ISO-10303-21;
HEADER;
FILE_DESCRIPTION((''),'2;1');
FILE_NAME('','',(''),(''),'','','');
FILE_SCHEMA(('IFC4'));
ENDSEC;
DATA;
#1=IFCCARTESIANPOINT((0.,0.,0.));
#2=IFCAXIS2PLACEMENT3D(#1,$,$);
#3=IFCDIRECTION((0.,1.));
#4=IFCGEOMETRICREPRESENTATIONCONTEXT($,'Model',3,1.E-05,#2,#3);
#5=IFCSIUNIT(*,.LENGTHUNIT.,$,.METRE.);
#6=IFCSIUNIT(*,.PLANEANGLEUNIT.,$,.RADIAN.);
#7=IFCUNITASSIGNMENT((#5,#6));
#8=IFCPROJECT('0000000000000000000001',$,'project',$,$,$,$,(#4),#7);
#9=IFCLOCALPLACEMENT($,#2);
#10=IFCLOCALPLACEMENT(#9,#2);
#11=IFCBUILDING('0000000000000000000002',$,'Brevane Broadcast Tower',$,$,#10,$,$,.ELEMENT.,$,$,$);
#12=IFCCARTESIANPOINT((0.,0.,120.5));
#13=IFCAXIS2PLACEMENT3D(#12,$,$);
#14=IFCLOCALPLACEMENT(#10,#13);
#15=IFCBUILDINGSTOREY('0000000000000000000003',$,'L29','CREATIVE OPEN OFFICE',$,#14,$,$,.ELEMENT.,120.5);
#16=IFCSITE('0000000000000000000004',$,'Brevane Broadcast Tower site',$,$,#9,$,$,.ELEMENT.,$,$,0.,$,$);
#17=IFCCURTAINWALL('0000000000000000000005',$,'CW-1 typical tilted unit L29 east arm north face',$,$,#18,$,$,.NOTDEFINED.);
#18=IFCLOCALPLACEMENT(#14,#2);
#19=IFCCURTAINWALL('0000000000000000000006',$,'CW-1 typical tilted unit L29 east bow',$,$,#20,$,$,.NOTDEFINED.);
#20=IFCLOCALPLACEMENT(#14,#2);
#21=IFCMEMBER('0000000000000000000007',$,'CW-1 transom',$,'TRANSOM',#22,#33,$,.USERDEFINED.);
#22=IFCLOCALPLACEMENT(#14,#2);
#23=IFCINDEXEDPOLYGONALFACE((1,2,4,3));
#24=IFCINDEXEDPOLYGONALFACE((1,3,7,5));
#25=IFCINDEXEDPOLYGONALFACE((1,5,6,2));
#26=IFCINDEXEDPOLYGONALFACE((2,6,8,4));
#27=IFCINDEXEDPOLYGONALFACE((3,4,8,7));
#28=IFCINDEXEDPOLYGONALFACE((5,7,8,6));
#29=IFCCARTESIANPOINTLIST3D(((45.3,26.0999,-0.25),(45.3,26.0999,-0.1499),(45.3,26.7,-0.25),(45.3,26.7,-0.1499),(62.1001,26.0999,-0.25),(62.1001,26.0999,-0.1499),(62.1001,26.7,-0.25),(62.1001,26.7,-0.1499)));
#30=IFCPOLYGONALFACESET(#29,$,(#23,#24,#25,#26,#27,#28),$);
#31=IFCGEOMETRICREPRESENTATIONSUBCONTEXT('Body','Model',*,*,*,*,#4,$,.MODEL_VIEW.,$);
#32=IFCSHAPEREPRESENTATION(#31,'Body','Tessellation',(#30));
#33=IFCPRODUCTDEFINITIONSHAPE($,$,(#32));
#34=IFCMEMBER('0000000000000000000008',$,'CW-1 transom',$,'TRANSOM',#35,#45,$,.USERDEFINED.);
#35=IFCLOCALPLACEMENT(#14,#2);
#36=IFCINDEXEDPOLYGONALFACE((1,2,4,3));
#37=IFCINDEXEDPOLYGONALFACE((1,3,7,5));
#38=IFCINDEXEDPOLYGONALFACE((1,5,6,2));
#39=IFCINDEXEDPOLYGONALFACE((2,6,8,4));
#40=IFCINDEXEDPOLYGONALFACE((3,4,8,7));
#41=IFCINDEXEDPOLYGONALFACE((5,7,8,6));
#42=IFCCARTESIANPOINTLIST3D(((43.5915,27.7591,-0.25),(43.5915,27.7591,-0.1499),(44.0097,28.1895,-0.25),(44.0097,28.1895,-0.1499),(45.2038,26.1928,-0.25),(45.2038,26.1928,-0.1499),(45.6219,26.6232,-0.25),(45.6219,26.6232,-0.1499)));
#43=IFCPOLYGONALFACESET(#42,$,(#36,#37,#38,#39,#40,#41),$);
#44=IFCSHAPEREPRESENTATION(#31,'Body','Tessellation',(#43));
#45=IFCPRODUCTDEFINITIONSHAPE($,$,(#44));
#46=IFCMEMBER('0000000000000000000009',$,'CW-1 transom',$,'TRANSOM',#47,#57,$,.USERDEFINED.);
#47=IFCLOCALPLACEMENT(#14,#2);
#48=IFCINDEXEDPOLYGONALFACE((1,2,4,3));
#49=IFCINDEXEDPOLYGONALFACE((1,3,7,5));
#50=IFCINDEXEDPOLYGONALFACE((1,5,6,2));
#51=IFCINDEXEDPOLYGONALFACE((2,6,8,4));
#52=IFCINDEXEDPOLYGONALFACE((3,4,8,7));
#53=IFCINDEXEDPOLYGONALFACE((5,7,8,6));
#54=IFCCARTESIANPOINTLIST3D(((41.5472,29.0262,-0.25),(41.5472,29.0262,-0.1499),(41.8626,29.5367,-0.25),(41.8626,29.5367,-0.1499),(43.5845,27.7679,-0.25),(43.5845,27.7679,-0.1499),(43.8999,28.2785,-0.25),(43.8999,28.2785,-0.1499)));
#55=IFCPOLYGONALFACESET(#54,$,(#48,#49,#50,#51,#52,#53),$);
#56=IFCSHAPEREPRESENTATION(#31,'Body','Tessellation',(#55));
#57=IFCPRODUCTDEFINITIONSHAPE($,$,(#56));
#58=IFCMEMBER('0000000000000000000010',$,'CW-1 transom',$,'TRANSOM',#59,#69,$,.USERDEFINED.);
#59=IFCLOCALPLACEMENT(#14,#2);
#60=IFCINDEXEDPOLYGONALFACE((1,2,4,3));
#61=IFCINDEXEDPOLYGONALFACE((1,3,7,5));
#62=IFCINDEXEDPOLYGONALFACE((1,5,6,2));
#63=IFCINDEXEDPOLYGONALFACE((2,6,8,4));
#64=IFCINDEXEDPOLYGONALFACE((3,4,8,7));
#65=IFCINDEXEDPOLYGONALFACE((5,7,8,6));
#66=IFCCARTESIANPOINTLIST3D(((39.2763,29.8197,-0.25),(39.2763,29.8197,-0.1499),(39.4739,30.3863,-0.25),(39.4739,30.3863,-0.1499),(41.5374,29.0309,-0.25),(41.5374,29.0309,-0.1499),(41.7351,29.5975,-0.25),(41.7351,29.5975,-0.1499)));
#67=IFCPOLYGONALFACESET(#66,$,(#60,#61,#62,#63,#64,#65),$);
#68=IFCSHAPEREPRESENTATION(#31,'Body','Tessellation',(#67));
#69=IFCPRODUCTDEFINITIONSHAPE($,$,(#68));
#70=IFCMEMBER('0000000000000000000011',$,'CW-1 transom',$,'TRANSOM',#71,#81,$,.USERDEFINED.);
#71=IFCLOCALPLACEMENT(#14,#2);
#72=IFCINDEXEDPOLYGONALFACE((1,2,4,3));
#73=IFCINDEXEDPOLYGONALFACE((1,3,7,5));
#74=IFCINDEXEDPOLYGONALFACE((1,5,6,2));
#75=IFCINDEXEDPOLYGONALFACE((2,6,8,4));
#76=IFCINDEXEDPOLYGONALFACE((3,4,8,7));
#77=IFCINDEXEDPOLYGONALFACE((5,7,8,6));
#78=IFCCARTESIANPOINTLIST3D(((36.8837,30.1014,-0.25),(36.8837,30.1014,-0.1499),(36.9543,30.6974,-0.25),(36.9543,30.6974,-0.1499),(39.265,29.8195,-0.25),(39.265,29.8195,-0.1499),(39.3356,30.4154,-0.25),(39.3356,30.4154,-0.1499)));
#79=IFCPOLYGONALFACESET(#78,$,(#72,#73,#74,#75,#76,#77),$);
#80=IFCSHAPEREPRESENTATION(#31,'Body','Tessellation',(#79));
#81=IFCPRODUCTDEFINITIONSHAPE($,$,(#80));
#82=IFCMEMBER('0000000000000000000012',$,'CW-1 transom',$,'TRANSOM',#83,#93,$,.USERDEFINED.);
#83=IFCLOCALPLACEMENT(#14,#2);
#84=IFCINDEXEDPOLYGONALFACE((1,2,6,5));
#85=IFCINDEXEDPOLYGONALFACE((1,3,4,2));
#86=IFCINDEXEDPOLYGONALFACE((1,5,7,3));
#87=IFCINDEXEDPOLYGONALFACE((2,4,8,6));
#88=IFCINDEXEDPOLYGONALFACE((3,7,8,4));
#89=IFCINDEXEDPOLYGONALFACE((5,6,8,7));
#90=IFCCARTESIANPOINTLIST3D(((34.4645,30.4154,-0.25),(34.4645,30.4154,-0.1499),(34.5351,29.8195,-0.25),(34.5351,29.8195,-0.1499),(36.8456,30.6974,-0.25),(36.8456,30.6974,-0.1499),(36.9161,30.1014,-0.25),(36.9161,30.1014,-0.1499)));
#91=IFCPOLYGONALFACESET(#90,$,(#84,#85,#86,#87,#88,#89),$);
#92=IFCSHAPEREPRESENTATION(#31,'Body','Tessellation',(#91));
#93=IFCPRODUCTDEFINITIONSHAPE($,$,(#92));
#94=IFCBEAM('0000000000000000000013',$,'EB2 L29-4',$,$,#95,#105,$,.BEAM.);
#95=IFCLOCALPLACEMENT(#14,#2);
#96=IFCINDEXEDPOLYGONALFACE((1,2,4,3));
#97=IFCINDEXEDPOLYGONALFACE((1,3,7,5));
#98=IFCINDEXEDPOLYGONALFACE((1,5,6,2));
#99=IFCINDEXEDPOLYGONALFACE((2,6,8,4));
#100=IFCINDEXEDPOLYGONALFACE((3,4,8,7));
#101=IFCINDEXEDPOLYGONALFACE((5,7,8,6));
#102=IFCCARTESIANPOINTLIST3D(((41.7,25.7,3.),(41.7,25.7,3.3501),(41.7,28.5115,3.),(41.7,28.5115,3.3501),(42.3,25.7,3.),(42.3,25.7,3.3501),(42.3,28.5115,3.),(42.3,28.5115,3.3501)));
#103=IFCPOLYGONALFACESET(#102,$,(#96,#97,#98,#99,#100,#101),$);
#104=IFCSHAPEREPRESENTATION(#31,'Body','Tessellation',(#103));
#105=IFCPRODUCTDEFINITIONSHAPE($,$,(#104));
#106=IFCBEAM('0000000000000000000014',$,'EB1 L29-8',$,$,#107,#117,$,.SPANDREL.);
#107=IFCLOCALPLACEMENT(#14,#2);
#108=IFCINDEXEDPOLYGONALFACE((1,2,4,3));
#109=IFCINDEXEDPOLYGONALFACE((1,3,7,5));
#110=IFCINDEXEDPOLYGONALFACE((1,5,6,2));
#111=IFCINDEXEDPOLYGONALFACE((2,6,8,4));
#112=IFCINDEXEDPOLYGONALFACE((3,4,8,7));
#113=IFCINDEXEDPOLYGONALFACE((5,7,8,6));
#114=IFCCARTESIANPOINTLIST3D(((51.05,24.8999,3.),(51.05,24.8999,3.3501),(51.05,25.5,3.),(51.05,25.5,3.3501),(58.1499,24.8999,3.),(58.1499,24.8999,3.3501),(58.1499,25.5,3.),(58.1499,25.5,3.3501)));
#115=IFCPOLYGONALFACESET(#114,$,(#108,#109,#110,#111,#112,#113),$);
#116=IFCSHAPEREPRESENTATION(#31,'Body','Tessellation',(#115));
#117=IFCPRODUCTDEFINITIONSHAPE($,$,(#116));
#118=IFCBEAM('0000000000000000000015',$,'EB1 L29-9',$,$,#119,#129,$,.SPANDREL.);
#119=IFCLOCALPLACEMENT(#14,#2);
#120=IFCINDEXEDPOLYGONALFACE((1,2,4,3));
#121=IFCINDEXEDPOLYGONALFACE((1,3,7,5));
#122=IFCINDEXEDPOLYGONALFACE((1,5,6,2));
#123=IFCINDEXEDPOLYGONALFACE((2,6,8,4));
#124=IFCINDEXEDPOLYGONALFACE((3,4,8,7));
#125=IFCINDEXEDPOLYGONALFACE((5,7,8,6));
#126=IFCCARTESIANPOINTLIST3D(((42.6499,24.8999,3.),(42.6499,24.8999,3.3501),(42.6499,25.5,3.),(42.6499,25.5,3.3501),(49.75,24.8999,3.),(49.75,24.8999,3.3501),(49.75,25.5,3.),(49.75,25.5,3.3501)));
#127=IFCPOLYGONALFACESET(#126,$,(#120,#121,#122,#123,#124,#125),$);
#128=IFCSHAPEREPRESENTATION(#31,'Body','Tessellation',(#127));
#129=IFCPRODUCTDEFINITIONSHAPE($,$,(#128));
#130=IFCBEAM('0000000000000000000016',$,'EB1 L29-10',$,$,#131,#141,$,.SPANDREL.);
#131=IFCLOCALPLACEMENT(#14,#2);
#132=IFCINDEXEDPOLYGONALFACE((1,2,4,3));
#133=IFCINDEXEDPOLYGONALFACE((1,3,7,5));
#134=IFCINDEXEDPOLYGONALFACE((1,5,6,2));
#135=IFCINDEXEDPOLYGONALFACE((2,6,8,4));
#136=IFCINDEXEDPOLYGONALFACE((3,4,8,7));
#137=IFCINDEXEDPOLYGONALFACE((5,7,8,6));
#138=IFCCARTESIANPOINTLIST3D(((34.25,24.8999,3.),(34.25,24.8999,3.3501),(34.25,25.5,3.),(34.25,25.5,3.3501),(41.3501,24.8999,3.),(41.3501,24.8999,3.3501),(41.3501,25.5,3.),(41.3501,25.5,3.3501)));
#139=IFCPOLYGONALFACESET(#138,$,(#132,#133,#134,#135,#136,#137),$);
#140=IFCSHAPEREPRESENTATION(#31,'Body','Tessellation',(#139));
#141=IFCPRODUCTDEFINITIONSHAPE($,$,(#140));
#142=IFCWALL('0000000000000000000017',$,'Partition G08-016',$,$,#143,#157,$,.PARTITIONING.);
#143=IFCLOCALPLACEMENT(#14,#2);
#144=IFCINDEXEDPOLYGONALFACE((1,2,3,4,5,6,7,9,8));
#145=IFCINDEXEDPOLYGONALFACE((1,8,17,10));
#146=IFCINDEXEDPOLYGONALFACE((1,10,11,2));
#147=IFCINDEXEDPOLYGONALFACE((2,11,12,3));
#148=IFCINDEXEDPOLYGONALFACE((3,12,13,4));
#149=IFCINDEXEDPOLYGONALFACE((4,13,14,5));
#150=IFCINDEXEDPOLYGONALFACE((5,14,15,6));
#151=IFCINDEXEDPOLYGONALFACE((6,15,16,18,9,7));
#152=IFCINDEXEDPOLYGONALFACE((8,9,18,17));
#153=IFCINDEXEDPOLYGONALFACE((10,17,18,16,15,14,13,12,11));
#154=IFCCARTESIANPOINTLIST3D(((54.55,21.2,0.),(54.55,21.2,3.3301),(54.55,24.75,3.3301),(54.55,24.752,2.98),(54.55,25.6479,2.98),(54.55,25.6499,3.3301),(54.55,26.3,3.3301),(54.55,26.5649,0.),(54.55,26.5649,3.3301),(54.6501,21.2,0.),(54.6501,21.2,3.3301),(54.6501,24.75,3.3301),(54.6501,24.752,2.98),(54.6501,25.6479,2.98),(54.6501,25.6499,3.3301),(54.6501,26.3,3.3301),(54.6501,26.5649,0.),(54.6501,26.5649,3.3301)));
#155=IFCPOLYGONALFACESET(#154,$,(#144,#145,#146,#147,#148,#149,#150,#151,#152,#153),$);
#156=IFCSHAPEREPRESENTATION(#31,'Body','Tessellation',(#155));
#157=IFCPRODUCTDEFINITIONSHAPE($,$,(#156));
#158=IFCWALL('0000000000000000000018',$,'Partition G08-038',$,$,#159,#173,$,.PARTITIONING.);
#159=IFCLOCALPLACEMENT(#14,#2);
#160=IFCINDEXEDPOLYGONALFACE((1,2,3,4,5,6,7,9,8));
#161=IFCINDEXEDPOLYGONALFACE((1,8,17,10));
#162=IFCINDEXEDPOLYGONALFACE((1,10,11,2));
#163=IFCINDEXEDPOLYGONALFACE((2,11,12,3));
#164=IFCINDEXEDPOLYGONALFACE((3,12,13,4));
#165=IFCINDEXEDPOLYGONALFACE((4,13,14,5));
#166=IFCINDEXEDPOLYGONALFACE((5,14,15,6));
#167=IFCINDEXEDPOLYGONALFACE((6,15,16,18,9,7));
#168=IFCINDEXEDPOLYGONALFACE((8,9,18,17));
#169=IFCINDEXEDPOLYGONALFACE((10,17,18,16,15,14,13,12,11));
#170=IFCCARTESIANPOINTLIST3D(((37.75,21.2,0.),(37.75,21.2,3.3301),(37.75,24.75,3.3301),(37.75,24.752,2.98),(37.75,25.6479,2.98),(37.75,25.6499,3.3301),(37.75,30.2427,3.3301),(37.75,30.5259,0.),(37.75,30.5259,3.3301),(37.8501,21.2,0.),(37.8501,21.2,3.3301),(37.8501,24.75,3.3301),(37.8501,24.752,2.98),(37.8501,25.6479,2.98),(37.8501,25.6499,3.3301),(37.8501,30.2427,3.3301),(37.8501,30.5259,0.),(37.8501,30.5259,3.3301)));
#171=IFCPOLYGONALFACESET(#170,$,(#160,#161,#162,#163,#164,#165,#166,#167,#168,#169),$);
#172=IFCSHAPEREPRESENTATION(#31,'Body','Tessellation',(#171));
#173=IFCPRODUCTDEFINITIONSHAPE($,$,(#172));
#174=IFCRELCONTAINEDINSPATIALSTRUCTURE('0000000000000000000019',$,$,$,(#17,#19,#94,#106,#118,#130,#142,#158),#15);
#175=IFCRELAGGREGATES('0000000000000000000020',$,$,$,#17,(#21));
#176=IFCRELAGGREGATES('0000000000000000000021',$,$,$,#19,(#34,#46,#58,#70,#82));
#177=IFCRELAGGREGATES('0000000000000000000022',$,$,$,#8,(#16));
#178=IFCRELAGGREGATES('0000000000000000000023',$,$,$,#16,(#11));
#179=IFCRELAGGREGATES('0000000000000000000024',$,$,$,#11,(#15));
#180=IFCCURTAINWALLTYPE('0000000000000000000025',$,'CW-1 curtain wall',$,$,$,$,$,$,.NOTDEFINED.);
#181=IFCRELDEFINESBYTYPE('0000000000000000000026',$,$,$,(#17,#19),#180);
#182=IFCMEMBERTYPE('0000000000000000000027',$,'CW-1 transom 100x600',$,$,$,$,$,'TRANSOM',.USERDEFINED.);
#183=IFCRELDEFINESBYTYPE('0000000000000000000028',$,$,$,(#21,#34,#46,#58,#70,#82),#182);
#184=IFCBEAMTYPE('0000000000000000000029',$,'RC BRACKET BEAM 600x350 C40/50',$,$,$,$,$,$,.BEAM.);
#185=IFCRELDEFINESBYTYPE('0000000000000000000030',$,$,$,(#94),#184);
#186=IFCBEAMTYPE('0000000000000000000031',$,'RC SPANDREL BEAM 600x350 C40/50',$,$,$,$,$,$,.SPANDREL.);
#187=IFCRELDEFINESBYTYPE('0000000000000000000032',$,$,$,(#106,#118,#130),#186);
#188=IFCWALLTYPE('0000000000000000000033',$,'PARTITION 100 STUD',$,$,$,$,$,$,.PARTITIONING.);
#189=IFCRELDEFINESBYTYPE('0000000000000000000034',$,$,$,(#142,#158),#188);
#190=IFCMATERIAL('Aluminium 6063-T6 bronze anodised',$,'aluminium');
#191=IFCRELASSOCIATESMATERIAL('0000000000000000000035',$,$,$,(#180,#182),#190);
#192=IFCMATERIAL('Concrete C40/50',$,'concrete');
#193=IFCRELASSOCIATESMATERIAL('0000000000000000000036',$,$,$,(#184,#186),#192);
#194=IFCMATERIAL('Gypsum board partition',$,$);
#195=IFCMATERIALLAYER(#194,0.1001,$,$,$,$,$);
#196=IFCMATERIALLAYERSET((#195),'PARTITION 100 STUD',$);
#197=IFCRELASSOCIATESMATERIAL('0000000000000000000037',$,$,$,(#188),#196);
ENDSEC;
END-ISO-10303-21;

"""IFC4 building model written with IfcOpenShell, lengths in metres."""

from ifc_helpers import new_model, si_unit, direction, frame, origin, origin_2d, place, context, subcontext, project, spatial, polyline, rectangle, outline, extrude, material, layer, layer_set, material_profile, profile_set, type_object, element, aggregate, save


model = new_model("IFC4")

# Units and contexts
model_context = context("Model", 3, precision=1e-05, world=origin(), true_north=direction((0.0, 1.0)))
body_context = subcontext(model_context, "Body", "Model", "MODEL_VIEW")
ifc_project = project(units=[si_unit("LENGTHUNIT", "METRE"), si_unit("PLANEANGLEUNIT", "RADIAN")], contexts=[model_context])

# Site, building, storey
site_placement = place(None, origin())
site = spatial("IfcSite", under=ifc_project, at=site_placement, Name="Brevane Broadcast Tower site", CompositionType="ELEMENT", RefElevation=0.0)
building_placement = place(site_placement, origin())
building = spatial("IfcBuilding", under=site, at=building_placement, Name="Brevane Broadcast Tower", CompositionType="ELEMENT")
storey_placement = place(building_placement, frame((0.0, 0.0, 120.5)))
storey = spatial("IfcBuildingStorey", under=building, at=storey_placement, Name="L29", Description="CREATIVE OPEN OFFICE", CompositionType="ELEMENT", Elevation=120.5)

# Curtain walls
ifc_material_1 = material(Name="Aluminium 6063-T6 bronze anodised", Category="aluminium")
curtain_wall_type = type_object("IfcCurtainWallType", Name="CW-1 curtain wall", PredefinedType="NOTDEFINED", material=ifc_material_1)
curtain_wall_1_placement = place(storey_placement, origin())
curtain_wall_1 = element("IfcCurtainWall", 1, at=curtain_wall_1_placement, inside=storey, type_object=curtain_wall_type, Name="CW-1 typical tilted unit L29 east arm north face", PredefinedType="NOTDEFINED")
curtain_wall_2_placement = place(storey_placement, origin())
curtain_wall_2 = element("IfcCurtainWall", 2, at=curtain_wall_2_placement, inside=storey, type_object=curtain_wall_type, Name="CW-1 typical tilted unit L29 east bow", PredefinedType="NOTDEFINED")

# Members
ifc_material_profile_1 = material_profile(ifc_material_1, rectangle(XDim=0.6001, YDim=0.1001, at=origin_2d()), Name="RECT 100x600")
ifc_profile_set_1 = profile_set([ifc_material_profile_1], Name="Aluminium 6063-T6 bronze anodised")
member_type_1 = type_object("IfcMemberType", Name="CW-1 transom 100x600", ElementType="TRANSOM", PredefinedType="USERDEFINED", material=ifc_profile_set_1)
member_1_placement = place(storey_placement, frame((62.1001, 26.3999, -0.2), z_axis=(-1.0, 0.0, 0.0), x_axis=(0.0, -1.0, 0.0)))
member_1 = element("IfcMember", 3, at=member_1_placement, type_object=member_type_1, Name="CW-1 transom", ObjectType="TRANSOM", PredefinedType="USERDEFINED", context=body_context, shape_type="SweptSolid", body=[
    extrude(rectangle(XDim=0.6001, YDim=0.1001, at=origin_2d()), origin(), (0.0, 0.0, 1.0), 16.8),
])
aggregate(curtain_wall_1, [member_1])
member_2_placement = place(storey_placement, frame((45.4128, 26.408, -0.2), z_axis=(-0.717242, 0.696824, 0.0), x_axis=(-0.696824, -0.717242, 0.0)))
member_2 = element("IfcMember", 4, at=member_2_placement, type_object=member_type_1, Name="CW-1 transom", ObjectType="TRANSOM", PredefinedType="USERDEFINED", context=body_context, shape_type="SweptSolid", body=[
    extrude(rectangle(XDim=0.6001, YDim=0.1001, at=origin_2d()), origin(), (0.0, 0.0, 1.0), 2.2478),
])
member_3_placement = place(storey_placement, frame((43.7422, 28.0232, -0.2), z_axis=(-0.85081, 0.525473, 0.0), x_axis=(-0.525473, -0.85081, 0.0)))
member_3 = element("IfcMember", 5, at=member_3_placement, type_object=member_type_1, Name="CW-1 transom", ObjectType="TRANSOM", PredefinedType="USERDEFINED", context=body_context, shape_type="SweptSolid", body=[
    extrude(rectangle(XDim=0.6001, YDim=0.1001, at=origin_2d()), origin(), (0.0, 0.0, 1.0), 2.3945),
])
member_4_placement = place(storey_placement, frame((41.6362, 29.3142, -0.2), z_axis=(-0.944198, 0.329378, 0.0), x_axis=(-0.329378, -0.944198, 0.0)))
member_4 = element("IfcMember", 6, at=member_4_placement, type_object=member_type_1, Name="CW-1 transom", ObjectType="TRANSOM", PredefinedType="USERDEFINED", context=body_context, shape_type="SweptSolid", body=[
    extrude(rectangle(XDim=0.6001, YDim=0.1001, at=origin_2d()), origin(), (0.0, 0.0, 1.0), 2.3948),
])
member_5_placement = place(storey_placement, frame((39.3003, 30.1174, -0.2), z_axis=(-0.993062, 0.117591, 0.0), x_axis=(-0.117591, -0.993062, 0.0)))
member_5 = element("IfcMember", 7, at=member_5_placement, type_object=member_type_1, Name="CW-1 transom", ObjectType="TRANSOM", PredefinedType="USERDEFINED", context=body_context, shape_type="SweptSolid", body=[
    extrude(rectangle(XDim=0.6001, YDim=0.1001, at=origin_2d()), origin(), (0.0, 0.0, 1.0), 2.3979),
])
member_6_placement = place(storey_placement, frame((36.8809, 30.3994, -0.2), z_axis=(-0.993061, -0.117603, 0.0), x_axis=(0.117603, -0.993061, 0.0)))
member_6 = element("IfcMember", 8, at=member_6_placement, type_object=member_type_1, Name="CW-1 transom", ObjectType="TRANSOM", PredefinedType="USERDEFINED", context=body_context, shape_type="SweptSolid", body=[
    extrude(rectangle(XDim=0.6001, YDim=0.1001, at=origin_2d()), origin(), (0.0, 0.0, 1.0), 2.3977),
])
aggregate(curtain_wall_2, [member_2, member_3, member_4, member_5, member_6])

# Beams
ifc_material_2 = material(Name="Concrete C40/50", Category="concrete")
ifc_material_profile_2 = material_profile(ifc_material_2, rectangle(XDim=0.6001, YDim=0.3501, at=origin_2d()), Name="RC 600x350")
ifc_profile_set_2 = profile_set([ifc_material_profile_2], Name="Concrete C40/50")
beam_type_1 = type_object("IfcBeamType", Name="RC BRACKET BEAM 600x350 C40/50", PredefinedType="BEAM", material=ifc_profile_set_2)
beam_1_placement = place(storey_placement, frame((42.0, 25.7, 3.175), z_axis=(0.0, 1.0, 0.0), x_axis=(-1.0, 0.0, 0.0)))
element("IfcBeam", 9, at=beam_1_placement, inside=storey, type_object=beam_type_1, Name="EB2 L29-4", PredefinedType="BEAM", context=body_context, shape_type="SweptSolid", body=[
    extrude(rectangle(XDim=0.6001, YDim=0.3501, at=origin_2d()), origin(), (0.0, 0.0, 1.0), 2.8115),
])
ifc_material_profile_3 = material_profile(ifc_material_2, rectangle(XDim=0.6001, YDim=0.3501, at=origin_2d()), Name="RC 600x350")
ifc_profile_set_3 = profile_set([ifc_material_profile_3], Name="Concrete C40/50")
beam_type_2 = type_object("IfcBeamType", Name="RC SPANDREL BEAM 600x350 C40/50", PredefinedType="SPANDREL", material=ifc_profile_set_3)
beam_2_placement = place(storey_placement, frame((58.1499, 25.2, 3.175), z_axis=(-1.0, 0.0, 0.0), x_axis=(0.0, -1.0, 0.0)))
element("IfcBeam", 10, at=beam_2_placement, inside=storey, type_object=beam_type_2, Name="EB1 L29-8", PredefinedType="SPANDREL", context=body_context, shape_type="SweptSolid", body=[
    extrude(rectangle(XDim=0.6001, YDim=0.3501, at=origin_2d()), origin(), (0.0, 0.0, 1.0), 7.0999),
])
for number, where, z_axis, x_axis, name in (
    (11, (49.75, 25.2, 3.175), (-1.0, 0.0, 0.0), (0.0, -1.0, 0.0), "EB1 L29-9"),
    (12, (41.3501, 25.2, 3.175), (-1.0, 0.0, 0.0), (0.0, -1.0, 0.0), "EB1 L29-10"),
):
    element("IfcBeam", number, at=place(storey_placement, frame(where, z_axis=z_axis, x_axis=x_axis)), inside=storey, type_object=beam_type_2, Name=name, PredefinedType="SPANDREL", context=body_context, shape_type="SweptSolid", body=[
        extrude(rectangle(XDim=0.6001, YDim=0.3501, at=origin_2d()), origin(), (0.0, 0.0, 1.0), 7.1001),
    ])

# Walls
ifc_material_3 = material(Name="Gypsum board partition")
ifc_layer_1 = layer(ifc_material_3, 0.1001)
ifc_layer_set_1 = layer_set([ifc_layer_1], Name="PARTITION 100 STUD")
wall_type_1 = type_object("IfcWallType", Name="PARTITION 100 STUD", PredefinedType="PARTITIONING", material=ifc_layer_set_1)
wall_1_placement = place(storey_placement, frame((54.6001, 21.2, 0.0), z_axis=(0.0, 0.0, 1.0), x_axis=(0.0, 1.0, 0.0)))
element("IfcWall", 13, at=wall_1_placement, inside=storey, type_object=wall_type_1, Name="Partition G08-016", PredefinedType="PARTITIONING", context=body_context, shape_type="SweptSolid", body=[
    extrude(outline(polyline([(0.0, 0.0), (5.365, 0.0), (5.365, 3.3301), (5.1001, 3.3301), (4.45, 3.3301), (4.448, 2.98), (3.552, 2.98), (3.55, 3.3301), (0.0, 3.3301), (0.0, 0.0)])), frame((0.0, 0.05, 0.0), z_axis=(0.0, -1.0, 0.0), x_axis=(1.0, 0.0, 0.0)), (0.0, 0.0, 1.0), 0.1001),
])
wall_2_placement = place(storey_placement, frame((37.8, 30.5259, 0.0), z_axis=(0.0, 0.0, 1.0), x_axis=(0.0, -1.0, 0.0)))
element("IfcWall", 14, at=wall_2_placement, inside=storey, type_object=wall_type_1, Name="Partition G08-038", PredefinedType="PARTITIONING", context=body_context, shape_type="SweptSolid", body=[
    extrude(outline(polyline([(0.0, 0.0), (9.3259, 0.0), (9.3259, 3.3301), (5.7759, 3.3301), (5.7739, 2.98), (4.8779, 2.98), (4.876, 3.3301), (0.2832, 3.3301), (0.0, 3.3301), (0.0, 0.0)])), frame((0.0, 0.05, 0.0), z_axis=(0.0, -1.0, 0.0), x_axis=(1.0, 0.0, 0.0)), (0.0, 0.0, 1.0), 0.1001),
])

save(model, "model.ifc")
